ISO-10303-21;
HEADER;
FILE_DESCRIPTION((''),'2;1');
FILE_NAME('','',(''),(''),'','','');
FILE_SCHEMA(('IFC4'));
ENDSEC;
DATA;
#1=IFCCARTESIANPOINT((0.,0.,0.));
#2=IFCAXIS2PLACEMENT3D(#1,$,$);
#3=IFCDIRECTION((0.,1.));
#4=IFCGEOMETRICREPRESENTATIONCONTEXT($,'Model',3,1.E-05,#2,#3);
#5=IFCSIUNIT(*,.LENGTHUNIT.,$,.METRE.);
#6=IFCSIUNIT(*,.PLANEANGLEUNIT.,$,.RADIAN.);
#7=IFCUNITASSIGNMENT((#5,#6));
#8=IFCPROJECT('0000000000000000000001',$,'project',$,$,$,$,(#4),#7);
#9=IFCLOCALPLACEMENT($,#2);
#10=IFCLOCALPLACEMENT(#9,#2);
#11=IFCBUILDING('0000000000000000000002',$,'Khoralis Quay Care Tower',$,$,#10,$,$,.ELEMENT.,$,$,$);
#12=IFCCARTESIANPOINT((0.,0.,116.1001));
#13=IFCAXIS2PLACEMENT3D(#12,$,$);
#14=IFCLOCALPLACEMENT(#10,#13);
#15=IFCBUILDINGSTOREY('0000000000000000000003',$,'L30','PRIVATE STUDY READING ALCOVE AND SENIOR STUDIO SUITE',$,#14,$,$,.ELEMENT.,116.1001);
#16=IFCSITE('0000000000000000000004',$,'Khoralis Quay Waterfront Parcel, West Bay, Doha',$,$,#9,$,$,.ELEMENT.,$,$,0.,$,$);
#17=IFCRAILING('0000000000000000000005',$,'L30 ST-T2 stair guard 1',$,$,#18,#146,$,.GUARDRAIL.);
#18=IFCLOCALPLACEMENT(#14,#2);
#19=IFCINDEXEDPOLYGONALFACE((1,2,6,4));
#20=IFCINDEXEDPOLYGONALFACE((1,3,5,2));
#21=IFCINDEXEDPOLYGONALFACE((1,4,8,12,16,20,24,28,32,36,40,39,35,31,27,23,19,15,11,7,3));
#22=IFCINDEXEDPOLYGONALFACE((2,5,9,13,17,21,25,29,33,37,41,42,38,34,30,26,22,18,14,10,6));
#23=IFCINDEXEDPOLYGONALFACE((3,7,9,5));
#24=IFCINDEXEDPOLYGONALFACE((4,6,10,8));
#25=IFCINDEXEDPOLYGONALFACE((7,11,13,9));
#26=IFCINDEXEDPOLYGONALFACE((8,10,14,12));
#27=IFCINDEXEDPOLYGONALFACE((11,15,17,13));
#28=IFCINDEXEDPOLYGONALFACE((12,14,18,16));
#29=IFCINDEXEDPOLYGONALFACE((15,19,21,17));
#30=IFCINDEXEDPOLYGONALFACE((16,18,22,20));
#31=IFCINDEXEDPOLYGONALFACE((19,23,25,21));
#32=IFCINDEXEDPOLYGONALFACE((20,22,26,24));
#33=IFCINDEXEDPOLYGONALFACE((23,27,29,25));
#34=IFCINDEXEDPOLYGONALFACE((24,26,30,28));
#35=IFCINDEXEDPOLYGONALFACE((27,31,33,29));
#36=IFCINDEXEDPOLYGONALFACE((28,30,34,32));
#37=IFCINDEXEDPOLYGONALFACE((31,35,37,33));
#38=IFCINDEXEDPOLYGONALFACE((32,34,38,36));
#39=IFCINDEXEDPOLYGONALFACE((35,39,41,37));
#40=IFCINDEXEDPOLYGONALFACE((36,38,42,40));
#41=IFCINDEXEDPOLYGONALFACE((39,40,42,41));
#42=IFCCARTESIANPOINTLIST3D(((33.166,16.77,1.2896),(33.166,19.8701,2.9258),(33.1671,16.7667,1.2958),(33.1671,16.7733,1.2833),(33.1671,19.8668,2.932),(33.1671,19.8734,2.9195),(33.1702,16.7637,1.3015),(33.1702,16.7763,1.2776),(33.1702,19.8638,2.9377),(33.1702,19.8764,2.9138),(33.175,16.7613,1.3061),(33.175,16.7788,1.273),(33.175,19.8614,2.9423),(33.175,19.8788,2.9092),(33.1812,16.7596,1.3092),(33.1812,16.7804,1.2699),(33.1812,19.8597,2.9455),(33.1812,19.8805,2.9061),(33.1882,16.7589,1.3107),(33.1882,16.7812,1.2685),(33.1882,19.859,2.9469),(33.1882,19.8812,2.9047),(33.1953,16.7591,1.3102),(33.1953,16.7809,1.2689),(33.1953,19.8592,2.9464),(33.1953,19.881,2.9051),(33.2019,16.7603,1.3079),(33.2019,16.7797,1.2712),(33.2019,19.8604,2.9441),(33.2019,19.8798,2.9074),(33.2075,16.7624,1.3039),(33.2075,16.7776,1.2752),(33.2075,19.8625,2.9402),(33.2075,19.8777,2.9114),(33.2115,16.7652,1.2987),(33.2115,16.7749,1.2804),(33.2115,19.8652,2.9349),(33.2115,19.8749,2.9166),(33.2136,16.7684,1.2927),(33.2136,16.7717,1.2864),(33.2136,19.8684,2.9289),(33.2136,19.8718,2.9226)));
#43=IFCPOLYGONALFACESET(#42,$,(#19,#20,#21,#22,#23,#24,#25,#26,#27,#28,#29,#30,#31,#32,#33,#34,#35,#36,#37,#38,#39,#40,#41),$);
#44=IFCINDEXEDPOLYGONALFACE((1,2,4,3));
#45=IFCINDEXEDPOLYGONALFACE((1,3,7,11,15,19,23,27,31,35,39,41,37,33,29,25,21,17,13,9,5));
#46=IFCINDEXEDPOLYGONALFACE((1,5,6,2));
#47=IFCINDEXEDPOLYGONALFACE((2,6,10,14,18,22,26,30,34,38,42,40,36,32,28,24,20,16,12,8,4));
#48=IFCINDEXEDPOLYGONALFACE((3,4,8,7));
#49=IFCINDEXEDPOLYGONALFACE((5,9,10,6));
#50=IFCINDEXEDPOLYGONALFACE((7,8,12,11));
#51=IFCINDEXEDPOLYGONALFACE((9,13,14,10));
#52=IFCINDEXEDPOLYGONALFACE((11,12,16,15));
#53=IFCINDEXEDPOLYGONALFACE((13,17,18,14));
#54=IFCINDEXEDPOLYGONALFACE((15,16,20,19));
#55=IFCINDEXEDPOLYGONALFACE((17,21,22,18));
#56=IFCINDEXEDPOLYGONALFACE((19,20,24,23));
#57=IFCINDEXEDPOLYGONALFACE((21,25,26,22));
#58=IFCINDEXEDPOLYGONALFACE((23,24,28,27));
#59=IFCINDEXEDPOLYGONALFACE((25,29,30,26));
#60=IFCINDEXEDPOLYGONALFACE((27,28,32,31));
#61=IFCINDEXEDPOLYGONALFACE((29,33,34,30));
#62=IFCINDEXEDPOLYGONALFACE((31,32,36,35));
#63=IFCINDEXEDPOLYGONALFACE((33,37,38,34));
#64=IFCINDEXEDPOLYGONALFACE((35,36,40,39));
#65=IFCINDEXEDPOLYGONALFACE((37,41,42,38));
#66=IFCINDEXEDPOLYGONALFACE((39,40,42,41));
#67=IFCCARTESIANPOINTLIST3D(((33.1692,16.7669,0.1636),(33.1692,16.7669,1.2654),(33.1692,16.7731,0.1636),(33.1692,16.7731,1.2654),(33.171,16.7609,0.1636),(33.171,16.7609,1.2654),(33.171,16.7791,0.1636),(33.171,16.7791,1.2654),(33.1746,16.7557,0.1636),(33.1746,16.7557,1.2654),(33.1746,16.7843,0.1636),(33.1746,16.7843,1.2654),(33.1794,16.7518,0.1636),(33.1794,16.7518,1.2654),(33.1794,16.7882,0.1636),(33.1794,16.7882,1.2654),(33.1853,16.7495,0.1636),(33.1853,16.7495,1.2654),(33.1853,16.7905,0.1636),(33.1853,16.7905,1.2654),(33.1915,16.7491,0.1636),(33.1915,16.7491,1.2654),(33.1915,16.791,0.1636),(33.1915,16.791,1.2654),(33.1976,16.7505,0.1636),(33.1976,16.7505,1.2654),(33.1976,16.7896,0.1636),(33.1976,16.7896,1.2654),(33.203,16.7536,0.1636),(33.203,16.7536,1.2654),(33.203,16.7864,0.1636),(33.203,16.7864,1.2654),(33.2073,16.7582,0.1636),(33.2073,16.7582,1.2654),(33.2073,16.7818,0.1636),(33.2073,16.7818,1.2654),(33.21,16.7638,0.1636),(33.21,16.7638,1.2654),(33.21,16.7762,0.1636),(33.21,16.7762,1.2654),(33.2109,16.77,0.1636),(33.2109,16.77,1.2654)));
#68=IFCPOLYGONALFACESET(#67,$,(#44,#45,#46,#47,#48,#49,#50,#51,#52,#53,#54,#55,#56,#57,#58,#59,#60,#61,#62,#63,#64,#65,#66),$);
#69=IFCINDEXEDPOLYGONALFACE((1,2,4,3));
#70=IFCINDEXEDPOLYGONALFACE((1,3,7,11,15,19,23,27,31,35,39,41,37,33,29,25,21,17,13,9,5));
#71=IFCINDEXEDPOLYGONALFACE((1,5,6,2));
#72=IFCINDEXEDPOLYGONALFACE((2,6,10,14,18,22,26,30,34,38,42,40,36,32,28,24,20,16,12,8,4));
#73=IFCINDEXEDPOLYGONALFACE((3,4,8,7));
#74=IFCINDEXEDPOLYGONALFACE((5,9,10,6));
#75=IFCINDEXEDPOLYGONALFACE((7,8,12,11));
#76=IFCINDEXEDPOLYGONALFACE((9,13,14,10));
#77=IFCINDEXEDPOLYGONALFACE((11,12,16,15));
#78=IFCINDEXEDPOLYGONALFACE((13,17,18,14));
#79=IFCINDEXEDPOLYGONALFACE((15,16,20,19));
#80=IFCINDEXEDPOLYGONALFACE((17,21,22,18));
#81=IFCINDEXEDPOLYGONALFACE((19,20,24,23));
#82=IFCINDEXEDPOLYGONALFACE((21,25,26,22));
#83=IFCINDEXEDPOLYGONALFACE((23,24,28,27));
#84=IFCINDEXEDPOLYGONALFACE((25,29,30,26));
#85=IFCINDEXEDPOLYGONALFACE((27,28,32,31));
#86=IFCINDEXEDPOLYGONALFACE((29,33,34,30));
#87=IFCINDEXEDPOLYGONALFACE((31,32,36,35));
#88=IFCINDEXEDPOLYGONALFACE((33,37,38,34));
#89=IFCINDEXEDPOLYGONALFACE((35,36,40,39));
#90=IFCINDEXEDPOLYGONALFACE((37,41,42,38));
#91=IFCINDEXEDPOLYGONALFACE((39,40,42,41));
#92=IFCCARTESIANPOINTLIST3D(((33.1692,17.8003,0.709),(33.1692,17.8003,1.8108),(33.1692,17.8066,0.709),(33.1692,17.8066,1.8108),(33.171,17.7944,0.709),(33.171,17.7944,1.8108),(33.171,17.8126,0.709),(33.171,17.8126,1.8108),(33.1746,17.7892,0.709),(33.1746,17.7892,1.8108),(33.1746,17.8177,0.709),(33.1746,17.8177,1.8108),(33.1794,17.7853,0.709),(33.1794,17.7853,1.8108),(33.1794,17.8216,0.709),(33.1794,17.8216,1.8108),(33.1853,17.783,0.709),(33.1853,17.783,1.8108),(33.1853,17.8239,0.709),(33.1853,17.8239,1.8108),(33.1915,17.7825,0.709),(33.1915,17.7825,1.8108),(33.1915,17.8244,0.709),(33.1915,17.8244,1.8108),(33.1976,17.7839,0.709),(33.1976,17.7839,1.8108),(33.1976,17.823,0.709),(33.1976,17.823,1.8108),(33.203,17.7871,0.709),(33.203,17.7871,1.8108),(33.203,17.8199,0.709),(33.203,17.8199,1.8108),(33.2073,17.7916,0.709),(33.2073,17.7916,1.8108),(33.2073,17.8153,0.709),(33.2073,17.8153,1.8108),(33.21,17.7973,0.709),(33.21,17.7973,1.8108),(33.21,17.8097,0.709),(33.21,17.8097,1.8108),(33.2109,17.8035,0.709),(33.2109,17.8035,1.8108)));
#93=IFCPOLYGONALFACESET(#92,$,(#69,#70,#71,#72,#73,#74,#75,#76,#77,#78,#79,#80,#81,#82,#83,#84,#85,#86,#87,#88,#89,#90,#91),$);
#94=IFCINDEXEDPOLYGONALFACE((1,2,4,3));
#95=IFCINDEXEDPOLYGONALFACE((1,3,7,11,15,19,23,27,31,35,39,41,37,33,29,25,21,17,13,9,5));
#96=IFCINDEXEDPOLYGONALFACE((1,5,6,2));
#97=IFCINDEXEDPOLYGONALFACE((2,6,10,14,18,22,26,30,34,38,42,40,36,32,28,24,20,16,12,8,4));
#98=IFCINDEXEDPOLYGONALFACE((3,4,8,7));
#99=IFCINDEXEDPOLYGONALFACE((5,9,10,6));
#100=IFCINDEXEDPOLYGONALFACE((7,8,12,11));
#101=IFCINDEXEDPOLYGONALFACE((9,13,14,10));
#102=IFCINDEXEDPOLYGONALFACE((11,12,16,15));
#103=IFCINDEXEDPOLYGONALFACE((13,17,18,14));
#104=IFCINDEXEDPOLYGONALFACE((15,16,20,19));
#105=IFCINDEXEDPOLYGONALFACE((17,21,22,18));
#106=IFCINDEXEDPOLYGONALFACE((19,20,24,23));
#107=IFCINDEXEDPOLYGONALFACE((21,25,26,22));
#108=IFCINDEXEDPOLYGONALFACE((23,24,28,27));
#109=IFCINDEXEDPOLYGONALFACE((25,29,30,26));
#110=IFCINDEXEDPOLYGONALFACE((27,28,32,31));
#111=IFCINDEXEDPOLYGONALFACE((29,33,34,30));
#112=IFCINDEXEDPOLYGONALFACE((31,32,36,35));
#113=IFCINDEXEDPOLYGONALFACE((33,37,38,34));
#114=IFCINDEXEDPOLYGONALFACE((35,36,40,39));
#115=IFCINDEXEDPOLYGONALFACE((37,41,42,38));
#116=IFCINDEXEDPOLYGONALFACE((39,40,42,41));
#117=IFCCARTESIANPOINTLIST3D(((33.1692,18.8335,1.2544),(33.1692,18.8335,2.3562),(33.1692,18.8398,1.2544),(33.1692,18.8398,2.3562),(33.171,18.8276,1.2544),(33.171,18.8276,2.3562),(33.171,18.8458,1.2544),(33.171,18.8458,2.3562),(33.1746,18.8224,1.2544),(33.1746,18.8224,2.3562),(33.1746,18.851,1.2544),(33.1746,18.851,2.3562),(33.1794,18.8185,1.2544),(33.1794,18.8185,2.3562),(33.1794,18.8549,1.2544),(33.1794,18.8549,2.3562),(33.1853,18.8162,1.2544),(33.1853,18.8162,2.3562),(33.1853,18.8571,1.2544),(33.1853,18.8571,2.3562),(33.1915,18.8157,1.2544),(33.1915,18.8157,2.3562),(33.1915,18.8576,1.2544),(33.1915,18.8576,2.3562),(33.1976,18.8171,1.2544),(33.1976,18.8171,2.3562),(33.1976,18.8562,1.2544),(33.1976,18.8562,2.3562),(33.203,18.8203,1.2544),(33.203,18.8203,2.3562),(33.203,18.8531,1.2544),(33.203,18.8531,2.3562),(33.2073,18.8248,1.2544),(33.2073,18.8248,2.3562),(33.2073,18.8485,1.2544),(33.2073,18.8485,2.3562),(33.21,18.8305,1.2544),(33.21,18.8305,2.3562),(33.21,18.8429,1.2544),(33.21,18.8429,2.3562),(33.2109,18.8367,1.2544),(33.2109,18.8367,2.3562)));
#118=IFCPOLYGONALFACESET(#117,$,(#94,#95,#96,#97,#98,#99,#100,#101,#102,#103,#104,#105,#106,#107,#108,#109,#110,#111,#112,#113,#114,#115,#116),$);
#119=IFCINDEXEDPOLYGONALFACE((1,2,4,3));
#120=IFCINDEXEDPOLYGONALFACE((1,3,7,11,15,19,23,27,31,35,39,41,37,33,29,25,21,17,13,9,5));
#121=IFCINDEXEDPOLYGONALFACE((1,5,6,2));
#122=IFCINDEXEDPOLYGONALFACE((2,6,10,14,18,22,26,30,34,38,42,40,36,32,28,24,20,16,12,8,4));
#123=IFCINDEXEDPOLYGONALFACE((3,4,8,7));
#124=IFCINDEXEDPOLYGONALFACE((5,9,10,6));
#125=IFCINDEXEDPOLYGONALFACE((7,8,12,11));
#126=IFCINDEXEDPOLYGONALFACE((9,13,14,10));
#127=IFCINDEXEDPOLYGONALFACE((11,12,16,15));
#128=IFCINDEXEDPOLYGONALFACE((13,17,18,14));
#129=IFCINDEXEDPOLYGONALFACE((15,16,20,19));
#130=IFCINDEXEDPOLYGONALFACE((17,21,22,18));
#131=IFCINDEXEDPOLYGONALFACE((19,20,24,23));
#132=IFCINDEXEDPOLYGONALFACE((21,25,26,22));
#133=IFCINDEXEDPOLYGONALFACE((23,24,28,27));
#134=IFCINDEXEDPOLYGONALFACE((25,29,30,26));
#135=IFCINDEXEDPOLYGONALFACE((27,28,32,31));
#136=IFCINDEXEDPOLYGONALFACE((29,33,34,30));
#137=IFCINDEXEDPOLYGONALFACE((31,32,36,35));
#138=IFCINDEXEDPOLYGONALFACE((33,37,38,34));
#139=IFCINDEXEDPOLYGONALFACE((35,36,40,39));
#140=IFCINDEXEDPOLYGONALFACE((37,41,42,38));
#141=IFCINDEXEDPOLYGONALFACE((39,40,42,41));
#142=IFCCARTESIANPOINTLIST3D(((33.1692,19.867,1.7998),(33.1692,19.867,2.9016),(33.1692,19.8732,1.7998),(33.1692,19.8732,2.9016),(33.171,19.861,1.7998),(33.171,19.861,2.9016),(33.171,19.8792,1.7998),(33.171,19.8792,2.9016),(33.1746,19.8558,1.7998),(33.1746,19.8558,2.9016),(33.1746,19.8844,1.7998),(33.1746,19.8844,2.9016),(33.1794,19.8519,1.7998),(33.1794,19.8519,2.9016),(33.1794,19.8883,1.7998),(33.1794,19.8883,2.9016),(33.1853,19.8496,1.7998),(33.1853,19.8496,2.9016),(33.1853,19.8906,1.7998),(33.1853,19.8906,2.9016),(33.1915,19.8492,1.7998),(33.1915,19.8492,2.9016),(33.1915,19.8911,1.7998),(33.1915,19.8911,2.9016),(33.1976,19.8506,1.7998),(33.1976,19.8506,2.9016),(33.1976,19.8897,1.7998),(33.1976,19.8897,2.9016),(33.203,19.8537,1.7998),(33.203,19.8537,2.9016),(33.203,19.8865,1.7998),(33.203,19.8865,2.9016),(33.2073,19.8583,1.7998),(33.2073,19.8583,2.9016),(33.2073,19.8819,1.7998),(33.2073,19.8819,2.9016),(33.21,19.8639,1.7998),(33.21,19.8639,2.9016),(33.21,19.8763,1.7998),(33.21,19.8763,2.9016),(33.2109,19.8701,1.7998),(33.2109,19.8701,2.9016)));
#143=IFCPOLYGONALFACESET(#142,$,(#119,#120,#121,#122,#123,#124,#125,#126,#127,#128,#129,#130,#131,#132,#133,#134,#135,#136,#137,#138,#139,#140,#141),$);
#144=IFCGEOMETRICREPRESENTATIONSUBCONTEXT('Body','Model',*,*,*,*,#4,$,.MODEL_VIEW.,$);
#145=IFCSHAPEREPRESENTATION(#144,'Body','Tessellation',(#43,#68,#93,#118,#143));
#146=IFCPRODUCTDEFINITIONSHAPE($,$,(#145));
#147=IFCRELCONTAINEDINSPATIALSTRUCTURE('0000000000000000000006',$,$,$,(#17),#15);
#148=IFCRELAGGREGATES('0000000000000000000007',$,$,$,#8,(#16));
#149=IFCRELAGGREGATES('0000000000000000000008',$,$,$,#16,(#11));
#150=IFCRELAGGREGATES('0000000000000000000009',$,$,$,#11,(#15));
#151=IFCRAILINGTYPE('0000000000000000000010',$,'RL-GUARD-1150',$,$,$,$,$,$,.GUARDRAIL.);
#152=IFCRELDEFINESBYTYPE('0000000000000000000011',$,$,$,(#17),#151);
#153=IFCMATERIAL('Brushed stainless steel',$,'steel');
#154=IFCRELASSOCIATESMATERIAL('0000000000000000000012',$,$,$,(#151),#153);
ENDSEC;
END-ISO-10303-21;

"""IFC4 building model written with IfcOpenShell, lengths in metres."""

from ifc_helpers import new_model, si_unit, direction, frame, origin, origin_2d, place, context, subcontext, project, spatial, circle, extrude, material, type_object, element, save


model = new_model("IFC4")

# Units and contexts
model_context = context("Model", 3, precision=1e-05, world=origin(), true_north=direction((0.0, 1.0)))
body_context = subcontext(model_context, "Body", "Model", "MODEL_VIEW")
ifc_project = project(units=[si_unit("LENGTHUNIT", "METRE"), si_unit("PLANEANGLEUNIT", "RADIAN")], contexts=[model_context])

# Site, building, storey
site_placement = place(None, origin())
site = spatial("IfcSite", under=ifc_project, at=site_placement, Name="Khoralis Quay Waterfront Parcel, West Bay, Doha", CompositionType="ELEMENT", RefElevation=0.0)
building_placement = place(site_placement, origin())
building = spatial("IfcBuilding", under=site, at=building_placement, Name="Khoralis Quay Care Tower", CompositionType="ELEMENT")
storey_placement = place(building_placement, frame((0.0, 0.0, 116.1001)))
storey = spatial("IfcBuildingStorey", under=building, at=storey_placement, Name="L30", Description="PRIVATE STUDY READING ALCOVE AND SENIOR STUDIO SUITE", CompositionType="ELEMENT", Elevation=116.1001)

# Shared definitions
ifc_material_1 = material(Name="Brushed stainless steel", Category="steel")

# Railing
railing_type_1 = type_object("IfcRailingType", Name="RL-GUARD-1150", PredefinedType="GUARDRAIL", material=ifc_material_1)
railing_1_placement = place(storey_placement, frame((33.1899, 16.77, 0.1636)))
element("IfcRailing", 1, at=railing_1_placement, inside=storey, type_object=railing_type_1, Name="L30 ST-T2 stair guard 1", PredefinedType="GUARDRAIL", context=body_context, shape_type="SweptSolid", body=[
    extrude(circle(Radius=0.0239, at=origin_2d()), frame((0.0, 0.0, 1.126), z_axis=(0.0, 0.884377, 0.466774), x_axis=(-1.0, 0.0, 0.0)), (0.0, 0.0, 1.0), 3.5054),
    extrude(circle(Radius=0.021, at=origin_2d()), origin(), (0.0, 0.0, 1.0), 1.1018),
    extrude(circle(Radius=0.021, at=origin_2d()), frame((0.0, 1.0334, 0.5454)), (0.0, 0.0, 1.0), 1.1018),
    extrude(circle(Radius=0.021, at=origin_2d()), frame((0.0, 2.0667, 1.0908)), (0.0, 0.0, 1.0), 1.1018),
    extrude(circle(Radius=0.021, at=origin_2d()), frame((0.0, 3.1001, 1.6362)), (0.0, 0.0, 1.0), 1.1018),
])

save(model, "model.ifc")
